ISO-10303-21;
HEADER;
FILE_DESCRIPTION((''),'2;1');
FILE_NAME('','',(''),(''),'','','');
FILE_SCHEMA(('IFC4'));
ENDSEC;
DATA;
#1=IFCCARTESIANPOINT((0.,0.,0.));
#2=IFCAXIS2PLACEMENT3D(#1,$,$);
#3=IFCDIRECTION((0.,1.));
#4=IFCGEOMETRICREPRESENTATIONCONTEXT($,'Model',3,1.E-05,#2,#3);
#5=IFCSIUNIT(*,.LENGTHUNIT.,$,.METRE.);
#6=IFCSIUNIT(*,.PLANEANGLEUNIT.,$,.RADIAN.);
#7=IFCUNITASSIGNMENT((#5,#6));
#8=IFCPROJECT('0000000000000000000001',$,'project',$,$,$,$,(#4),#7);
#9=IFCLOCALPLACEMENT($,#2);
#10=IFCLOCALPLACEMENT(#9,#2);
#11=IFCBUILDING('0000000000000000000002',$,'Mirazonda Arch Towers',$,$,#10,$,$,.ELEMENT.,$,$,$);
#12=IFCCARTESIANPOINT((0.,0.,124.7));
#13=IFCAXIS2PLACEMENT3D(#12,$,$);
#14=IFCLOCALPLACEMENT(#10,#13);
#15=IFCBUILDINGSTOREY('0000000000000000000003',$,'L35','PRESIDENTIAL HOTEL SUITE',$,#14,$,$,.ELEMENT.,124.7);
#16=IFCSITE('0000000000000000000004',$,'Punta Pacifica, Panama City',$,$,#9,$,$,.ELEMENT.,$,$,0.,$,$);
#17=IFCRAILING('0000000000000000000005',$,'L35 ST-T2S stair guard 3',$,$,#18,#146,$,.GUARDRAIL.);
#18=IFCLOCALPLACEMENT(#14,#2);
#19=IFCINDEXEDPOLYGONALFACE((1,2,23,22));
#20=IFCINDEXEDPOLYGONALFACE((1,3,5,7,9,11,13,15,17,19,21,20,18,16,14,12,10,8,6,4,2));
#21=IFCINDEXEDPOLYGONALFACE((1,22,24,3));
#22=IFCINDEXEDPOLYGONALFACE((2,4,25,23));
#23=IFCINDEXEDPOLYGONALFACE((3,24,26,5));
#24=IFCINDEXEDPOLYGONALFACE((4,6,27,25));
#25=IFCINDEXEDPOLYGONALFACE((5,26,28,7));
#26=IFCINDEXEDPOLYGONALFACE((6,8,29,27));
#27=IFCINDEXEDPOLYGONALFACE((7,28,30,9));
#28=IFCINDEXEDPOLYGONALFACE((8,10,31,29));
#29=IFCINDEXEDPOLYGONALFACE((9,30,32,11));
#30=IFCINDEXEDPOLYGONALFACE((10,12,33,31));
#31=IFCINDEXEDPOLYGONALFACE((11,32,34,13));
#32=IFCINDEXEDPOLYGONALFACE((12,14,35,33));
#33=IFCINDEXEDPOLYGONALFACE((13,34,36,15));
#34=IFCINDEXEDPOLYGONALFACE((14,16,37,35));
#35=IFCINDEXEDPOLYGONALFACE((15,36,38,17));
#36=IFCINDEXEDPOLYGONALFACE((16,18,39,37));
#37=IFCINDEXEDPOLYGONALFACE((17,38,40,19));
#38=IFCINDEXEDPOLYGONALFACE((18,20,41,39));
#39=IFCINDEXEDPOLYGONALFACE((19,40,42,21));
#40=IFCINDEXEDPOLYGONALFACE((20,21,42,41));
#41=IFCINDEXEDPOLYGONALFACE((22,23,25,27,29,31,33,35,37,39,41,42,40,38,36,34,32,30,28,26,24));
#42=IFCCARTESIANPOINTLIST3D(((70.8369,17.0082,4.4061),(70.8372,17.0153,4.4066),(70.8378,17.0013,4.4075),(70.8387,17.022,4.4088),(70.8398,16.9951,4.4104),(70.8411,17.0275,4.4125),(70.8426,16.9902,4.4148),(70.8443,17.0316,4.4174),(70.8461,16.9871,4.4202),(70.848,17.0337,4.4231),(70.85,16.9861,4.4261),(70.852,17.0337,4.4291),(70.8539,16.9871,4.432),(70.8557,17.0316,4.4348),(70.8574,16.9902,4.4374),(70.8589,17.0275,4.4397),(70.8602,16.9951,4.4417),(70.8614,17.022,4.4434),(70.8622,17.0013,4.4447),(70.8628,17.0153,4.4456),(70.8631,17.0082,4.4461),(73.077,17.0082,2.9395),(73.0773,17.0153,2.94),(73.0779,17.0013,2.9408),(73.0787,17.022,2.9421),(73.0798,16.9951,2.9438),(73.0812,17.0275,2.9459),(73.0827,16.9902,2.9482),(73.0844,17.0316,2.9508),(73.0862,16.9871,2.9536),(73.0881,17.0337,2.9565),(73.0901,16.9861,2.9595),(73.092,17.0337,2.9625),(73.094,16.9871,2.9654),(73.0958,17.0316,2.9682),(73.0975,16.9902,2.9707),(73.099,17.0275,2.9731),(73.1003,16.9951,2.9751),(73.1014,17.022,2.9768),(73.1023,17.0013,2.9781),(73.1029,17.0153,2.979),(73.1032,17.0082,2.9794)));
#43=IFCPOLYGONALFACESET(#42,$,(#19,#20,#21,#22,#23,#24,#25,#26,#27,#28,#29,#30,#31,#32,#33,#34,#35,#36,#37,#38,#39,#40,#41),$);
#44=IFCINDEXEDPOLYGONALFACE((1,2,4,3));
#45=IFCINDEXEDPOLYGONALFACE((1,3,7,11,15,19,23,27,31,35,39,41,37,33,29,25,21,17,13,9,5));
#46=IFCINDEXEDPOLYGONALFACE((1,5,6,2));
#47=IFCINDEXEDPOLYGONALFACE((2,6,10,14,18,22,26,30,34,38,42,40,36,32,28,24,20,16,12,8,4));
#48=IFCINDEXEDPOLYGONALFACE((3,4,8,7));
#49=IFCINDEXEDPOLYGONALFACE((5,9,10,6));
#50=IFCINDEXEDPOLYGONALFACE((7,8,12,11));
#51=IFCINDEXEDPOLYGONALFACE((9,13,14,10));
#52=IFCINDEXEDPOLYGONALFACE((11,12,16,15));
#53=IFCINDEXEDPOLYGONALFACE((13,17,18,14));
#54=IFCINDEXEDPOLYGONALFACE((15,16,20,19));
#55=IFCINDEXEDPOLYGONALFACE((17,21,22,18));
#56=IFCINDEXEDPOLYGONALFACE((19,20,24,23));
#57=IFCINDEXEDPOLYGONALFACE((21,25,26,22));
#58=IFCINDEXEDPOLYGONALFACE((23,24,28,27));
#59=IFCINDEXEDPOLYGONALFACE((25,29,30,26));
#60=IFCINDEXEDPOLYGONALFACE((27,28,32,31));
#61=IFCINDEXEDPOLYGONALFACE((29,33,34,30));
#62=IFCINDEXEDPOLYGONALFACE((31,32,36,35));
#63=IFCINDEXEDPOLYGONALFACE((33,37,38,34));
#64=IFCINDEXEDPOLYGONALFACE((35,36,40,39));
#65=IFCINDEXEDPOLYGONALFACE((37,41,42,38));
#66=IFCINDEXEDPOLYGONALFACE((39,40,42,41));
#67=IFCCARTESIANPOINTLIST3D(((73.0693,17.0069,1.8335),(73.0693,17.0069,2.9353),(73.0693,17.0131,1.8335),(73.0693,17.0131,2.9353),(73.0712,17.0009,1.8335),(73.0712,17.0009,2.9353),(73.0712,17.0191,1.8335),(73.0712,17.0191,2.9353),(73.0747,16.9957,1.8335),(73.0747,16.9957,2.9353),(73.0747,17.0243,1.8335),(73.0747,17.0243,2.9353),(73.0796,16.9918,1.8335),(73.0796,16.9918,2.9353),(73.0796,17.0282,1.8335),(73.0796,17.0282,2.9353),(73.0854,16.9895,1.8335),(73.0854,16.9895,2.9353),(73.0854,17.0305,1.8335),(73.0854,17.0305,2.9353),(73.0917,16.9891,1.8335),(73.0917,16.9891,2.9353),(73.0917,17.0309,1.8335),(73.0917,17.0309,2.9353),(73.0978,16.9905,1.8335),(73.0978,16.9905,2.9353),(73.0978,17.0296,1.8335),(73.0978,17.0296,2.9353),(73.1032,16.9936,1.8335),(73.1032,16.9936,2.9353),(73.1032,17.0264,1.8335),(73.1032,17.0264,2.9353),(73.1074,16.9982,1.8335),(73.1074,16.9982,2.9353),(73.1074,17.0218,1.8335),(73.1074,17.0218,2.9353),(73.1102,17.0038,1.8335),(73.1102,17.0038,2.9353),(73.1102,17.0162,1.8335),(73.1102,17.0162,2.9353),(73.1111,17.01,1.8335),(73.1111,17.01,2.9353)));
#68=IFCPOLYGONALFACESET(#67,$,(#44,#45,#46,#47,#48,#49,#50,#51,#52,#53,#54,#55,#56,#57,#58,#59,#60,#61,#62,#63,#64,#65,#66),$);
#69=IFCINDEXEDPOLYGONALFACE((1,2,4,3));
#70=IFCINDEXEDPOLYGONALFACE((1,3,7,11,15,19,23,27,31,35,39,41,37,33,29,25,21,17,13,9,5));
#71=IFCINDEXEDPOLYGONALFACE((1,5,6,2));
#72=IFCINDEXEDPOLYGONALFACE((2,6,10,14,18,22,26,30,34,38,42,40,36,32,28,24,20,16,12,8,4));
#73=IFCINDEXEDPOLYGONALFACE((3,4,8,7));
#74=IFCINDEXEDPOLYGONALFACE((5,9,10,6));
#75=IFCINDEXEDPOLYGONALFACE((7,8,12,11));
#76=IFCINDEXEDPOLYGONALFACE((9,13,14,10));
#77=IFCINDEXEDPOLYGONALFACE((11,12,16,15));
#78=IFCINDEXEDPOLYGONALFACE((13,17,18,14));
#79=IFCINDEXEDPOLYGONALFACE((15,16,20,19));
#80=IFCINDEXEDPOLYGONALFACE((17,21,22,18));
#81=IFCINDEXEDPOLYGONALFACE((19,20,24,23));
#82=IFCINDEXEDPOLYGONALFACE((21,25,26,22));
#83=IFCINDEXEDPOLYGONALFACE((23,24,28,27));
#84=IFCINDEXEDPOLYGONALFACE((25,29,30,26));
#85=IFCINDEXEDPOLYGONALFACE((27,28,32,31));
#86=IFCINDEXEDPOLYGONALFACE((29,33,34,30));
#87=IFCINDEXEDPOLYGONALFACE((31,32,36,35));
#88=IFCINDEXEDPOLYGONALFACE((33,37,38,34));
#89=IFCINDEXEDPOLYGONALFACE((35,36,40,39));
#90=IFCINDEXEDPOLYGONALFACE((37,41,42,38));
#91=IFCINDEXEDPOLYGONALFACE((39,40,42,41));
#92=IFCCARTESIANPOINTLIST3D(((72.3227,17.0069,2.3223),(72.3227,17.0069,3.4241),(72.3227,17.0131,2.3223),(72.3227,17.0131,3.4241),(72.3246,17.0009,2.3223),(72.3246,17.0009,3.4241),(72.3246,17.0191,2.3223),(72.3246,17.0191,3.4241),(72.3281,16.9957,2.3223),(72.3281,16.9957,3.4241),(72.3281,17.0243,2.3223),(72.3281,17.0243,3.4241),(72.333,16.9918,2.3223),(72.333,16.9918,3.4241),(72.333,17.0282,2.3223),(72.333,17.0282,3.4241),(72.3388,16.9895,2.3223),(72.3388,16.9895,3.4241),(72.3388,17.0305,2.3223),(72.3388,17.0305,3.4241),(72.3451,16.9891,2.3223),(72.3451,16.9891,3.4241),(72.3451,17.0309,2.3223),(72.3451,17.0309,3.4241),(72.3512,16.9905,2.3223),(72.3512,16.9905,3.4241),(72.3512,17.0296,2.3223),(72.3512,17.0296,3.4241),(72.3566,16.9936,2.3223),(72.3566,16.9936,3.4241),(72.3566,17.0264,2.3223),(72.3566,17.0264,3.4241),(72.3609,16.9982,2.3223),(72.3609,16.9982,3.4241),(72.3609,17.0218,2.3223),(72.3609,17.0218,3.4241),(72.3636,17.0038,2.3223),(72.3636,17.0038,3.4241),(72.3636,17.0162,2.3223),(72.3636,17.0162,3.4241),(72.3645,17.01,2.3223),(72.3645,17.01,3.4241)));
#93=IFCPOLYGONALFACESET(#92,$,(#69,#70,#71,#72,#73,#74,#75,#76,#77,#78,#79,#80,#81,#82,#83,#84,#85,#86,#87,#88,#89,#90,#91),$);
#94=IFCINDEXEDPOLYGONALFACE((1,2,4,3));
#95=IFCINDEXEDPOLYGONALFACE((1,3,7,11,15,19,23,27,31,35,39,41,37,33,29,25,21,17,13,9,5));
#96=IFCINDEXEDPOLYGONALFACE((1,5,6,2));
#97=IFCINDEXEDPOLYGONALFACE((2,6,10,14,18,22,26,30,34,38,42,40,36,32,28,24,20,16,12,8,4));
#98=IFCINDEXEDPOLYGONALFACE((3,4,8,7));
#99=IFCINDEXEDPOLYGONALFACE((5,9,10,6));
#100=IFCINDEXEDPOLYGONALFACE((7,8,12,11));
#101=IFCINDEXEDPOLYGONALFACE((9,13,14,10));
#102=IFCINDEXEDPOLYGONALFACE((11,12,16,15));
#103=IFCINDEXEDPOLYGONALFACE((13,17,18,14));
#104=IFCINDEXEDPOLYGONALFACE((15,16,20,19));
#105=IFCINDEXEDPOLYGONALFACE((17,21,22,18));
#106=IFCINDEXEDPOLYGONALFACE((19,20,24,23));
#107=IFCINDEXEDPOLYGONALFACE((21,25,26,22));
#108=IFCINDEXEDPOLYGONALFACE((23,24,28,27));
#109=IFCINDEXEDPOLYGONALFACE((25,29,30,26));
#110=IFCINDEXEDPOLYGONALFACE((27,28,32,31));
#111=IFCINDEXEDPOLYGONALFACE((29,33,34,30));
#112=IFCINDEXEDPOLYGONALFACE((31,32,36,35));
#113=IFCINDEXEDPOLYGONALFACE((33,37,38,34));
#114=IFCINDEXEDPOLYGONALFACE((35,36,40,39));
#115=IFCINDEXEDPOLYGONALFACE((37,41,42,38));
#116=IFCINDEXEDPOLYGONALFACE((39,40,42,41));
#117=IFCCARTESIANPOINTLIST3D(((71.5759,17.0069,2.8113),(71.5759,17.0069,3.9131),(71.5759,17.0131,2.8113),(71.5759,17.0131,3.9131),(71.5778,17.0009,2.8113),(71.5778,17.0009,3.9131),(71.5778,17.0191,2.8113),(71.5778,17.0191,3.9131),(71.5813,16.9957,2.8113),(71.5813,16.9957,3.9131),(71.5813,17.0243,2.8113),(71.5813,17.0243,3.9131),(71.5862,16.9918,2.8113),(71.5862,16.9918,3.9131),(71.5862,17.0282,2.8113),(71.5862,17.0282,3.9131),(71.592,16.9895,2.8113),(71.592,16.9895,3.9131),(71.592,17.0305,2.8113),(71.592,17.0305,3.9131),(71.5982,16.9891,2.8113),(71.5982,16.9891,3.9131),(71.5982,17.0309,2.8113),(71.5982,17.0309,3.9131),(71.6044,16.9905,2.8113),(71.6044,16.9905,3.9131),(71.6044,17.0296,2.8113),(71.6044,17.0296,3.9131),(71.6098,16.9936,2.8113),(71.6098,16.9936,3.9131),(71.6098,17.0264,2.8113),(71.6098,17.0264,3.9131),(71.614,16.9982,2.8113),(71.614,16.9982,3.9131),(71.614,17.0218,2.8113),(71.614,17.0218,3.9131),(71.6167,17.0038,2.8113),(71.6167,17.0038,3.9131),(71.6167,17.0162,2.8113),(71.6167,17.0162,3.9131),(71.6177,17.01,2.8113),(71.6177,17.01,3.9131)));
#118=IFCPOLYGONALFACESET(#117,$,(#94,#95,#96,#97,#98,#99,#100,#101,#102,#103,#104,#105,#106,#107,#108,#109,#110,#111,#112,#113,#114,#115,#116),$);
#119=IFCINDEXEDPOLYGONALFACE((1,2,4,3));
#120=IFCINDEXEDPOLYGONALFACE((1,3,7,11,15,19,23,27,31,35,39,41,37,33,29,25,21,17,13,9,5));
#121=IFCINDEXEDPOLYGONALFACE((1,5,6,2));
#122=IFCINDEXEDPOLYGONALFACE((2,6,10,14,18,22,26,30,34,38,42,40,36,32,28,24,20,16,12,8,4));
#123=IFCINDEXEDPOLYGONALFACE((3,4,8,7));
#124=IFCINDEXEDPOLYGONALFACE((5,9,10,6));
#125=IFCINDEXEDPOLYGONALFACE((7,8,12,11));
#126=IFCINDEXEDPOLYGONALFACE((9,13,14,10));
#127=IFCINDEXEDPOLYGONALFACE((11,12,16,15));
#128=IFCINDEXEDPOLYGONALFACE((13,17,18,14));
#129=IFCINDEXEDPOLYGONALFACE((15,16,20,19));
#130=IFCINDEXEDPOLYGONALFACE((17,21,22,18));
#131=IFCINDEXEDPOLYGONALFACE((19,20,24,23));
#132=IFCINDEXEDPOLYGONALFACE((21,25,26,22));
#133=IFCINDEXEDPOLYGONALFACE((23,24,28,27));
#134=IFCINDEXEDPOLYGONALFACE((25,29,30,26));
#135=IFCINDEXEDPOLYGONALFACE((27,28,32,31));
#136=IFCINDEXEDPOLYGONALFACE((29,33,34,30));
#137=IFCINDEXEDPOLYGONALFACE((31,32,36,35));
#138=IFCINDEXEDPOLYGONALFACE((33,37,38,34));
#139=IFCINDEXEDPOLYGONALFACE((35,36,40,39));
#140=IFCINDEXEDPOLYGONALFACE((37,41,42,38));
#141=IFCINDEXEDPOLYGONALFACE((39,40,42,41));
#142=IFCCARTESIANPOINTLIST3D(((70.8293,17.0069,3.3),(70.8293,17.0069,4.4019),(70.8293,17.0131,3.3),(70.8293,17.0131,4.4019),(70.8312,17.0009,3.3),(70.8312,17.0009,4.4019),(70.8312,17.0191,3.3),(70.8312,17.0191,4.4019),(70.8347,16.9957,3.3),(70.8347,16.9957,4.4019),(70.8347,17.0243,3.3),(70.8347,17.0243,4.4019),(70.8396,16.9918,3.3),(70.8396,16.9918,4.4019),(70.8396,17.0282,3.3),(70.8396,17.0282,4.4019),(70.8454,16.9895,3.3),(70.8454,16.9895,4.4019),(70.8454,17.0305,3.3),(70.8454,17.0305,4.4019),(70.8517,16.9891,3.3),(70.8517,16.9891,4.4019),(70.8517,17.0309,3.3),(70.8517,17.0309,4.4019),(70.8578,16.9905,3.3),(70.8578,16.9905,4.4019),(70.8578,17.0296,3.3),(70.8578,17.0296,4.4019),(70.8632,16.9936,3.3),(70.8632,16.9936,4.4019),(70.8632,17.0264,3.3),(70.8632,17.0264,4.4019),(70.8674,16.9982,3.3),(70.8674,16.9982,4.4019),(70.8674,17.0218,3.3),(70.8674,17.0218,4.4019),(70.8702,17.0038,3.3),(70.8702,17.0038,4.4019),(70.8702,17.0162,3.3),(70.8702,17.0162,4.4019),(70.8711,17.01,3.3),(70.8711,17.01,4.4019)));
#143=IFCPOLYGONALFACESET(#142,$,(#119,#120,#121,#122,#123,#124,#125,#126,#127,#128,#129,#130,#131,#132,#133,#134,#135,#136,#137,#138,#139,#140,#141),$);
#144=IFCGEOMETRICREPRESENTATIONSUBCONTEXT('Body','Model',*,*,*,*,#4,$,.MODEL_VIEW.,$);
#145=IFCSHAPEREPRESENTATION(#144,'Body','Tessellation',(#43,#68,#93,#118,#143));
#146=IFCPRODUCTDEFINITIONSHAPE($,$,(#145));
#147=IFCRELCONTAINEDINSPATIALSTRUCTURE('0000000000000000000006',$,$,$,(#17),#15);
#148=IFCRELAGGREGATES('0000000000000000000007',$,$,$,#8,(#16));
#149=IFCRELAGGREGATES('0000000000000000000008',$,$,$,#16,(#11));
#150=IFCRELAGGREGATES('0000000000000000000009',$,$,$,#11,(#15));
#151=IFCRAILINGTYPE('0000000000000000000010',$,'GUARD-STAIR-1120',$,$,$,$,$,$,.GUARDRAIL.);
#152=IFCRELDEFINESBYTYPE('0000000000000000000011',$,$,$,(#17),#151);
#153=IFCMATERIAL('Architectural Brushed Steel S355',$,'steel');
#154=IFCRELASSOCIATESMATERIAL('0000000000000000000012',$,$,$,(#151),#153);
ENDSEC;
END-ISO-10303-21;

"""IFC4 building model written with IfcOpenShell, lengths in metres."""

from ifc_helpers import new_model, si_unit, direction, frame, origin, origin_2d, place, context, subcontext, project, spatial, circle, extrude, material, type_object, element, save


model = new_model("IFC4")

# Units and contexts
model_context = context("Model", 3, precision=1e-05, world=origin(), true_north=direction((0.0, 1.0)))
body_context = subcontext(model_context, "Body", "Model", "MODEL_VIEW")
ifc_project = project(units=[si_unit("LENGTHUNIT", "METRE"), si_unit("PLANEANGLEUNIT", "RADIAN")], contexts=[model_context])

# Site, building, storey
site_placement = place(None, origin())
site = spatial("IfcSite", under=ifc_project, at=site_placement, Name="Punta Pacifica, Panama City", CompositionType="ELEMENT", RefElevation=0.0)
building_placement = place(site_placement, origin())
building = spatial("IfcBuilding", under=site, at=building_placement, Name="Mirazonda Arch Towers", CompositionType="ELEMENT")
storey_placement = place(building_placement, frame((0.0, 0.0, 124.7)))
storey = spatial("IfcBuildingStorey", under=building, at=storey_placement, Name="L35", Description="PRESIDENTIAL HOTEL SUITE", CompositionType="ELEMENT", Elevation=124.7)

# Railing
ifc_material_1 = material(Name="Architectural Brushed Steel S355", Category="steel")
railing_type_1 = type_object("IfcRailingType", Name="GUARD-STAIR-1120", PredefinedType="GUARDRAIL", material=ifc_material_1)
railing_1_placement = place(storey_placement, frame((73.0901, 17.01, 1.8335)))
element("IfcRailing", 1, at=railing_1_placement, inside=storey, type_object=railing_type_1, Name="L35 ST-T2S stair guard 3", PredefinedType="GUARDRAIL", context=body_context, shape_type="SweptSolid", body=[
    extrude(circle(Radius=0.0239, at=origin_2d()), frame((0.0, 0.0, 1.126), z_axis=(-0.836637, 0.0, 0.547758), x_axis=(0.0, -1.0, 0.0)), (0.0, 0.0, 1.0), 2.6775),
    extrude(circle(Radius=0.021, at=origin_2d()), origin(), (0.0, 0.0, 1.0), 1.1018),
    extrude(circle(Radius=0.021, at=origin_2d()), frame((-0.7466, 0.0, 0.4888)), (0.0, 0.0, 1.0), 1.1018),
    extrude(circle(Radius=0.021, at=origin_2d()), frame((-1.4934, 0.0, 0.9778)), (0.0, 0.0, 1.0), 1.1018),
    extrude(circle(Radius=0.021, at=origin_2d()), frame((-2.24, 0.0, 1.4666)), (0.0, 0.0, 1.0), 1.1018),
])

save(model, "model.ifc")
